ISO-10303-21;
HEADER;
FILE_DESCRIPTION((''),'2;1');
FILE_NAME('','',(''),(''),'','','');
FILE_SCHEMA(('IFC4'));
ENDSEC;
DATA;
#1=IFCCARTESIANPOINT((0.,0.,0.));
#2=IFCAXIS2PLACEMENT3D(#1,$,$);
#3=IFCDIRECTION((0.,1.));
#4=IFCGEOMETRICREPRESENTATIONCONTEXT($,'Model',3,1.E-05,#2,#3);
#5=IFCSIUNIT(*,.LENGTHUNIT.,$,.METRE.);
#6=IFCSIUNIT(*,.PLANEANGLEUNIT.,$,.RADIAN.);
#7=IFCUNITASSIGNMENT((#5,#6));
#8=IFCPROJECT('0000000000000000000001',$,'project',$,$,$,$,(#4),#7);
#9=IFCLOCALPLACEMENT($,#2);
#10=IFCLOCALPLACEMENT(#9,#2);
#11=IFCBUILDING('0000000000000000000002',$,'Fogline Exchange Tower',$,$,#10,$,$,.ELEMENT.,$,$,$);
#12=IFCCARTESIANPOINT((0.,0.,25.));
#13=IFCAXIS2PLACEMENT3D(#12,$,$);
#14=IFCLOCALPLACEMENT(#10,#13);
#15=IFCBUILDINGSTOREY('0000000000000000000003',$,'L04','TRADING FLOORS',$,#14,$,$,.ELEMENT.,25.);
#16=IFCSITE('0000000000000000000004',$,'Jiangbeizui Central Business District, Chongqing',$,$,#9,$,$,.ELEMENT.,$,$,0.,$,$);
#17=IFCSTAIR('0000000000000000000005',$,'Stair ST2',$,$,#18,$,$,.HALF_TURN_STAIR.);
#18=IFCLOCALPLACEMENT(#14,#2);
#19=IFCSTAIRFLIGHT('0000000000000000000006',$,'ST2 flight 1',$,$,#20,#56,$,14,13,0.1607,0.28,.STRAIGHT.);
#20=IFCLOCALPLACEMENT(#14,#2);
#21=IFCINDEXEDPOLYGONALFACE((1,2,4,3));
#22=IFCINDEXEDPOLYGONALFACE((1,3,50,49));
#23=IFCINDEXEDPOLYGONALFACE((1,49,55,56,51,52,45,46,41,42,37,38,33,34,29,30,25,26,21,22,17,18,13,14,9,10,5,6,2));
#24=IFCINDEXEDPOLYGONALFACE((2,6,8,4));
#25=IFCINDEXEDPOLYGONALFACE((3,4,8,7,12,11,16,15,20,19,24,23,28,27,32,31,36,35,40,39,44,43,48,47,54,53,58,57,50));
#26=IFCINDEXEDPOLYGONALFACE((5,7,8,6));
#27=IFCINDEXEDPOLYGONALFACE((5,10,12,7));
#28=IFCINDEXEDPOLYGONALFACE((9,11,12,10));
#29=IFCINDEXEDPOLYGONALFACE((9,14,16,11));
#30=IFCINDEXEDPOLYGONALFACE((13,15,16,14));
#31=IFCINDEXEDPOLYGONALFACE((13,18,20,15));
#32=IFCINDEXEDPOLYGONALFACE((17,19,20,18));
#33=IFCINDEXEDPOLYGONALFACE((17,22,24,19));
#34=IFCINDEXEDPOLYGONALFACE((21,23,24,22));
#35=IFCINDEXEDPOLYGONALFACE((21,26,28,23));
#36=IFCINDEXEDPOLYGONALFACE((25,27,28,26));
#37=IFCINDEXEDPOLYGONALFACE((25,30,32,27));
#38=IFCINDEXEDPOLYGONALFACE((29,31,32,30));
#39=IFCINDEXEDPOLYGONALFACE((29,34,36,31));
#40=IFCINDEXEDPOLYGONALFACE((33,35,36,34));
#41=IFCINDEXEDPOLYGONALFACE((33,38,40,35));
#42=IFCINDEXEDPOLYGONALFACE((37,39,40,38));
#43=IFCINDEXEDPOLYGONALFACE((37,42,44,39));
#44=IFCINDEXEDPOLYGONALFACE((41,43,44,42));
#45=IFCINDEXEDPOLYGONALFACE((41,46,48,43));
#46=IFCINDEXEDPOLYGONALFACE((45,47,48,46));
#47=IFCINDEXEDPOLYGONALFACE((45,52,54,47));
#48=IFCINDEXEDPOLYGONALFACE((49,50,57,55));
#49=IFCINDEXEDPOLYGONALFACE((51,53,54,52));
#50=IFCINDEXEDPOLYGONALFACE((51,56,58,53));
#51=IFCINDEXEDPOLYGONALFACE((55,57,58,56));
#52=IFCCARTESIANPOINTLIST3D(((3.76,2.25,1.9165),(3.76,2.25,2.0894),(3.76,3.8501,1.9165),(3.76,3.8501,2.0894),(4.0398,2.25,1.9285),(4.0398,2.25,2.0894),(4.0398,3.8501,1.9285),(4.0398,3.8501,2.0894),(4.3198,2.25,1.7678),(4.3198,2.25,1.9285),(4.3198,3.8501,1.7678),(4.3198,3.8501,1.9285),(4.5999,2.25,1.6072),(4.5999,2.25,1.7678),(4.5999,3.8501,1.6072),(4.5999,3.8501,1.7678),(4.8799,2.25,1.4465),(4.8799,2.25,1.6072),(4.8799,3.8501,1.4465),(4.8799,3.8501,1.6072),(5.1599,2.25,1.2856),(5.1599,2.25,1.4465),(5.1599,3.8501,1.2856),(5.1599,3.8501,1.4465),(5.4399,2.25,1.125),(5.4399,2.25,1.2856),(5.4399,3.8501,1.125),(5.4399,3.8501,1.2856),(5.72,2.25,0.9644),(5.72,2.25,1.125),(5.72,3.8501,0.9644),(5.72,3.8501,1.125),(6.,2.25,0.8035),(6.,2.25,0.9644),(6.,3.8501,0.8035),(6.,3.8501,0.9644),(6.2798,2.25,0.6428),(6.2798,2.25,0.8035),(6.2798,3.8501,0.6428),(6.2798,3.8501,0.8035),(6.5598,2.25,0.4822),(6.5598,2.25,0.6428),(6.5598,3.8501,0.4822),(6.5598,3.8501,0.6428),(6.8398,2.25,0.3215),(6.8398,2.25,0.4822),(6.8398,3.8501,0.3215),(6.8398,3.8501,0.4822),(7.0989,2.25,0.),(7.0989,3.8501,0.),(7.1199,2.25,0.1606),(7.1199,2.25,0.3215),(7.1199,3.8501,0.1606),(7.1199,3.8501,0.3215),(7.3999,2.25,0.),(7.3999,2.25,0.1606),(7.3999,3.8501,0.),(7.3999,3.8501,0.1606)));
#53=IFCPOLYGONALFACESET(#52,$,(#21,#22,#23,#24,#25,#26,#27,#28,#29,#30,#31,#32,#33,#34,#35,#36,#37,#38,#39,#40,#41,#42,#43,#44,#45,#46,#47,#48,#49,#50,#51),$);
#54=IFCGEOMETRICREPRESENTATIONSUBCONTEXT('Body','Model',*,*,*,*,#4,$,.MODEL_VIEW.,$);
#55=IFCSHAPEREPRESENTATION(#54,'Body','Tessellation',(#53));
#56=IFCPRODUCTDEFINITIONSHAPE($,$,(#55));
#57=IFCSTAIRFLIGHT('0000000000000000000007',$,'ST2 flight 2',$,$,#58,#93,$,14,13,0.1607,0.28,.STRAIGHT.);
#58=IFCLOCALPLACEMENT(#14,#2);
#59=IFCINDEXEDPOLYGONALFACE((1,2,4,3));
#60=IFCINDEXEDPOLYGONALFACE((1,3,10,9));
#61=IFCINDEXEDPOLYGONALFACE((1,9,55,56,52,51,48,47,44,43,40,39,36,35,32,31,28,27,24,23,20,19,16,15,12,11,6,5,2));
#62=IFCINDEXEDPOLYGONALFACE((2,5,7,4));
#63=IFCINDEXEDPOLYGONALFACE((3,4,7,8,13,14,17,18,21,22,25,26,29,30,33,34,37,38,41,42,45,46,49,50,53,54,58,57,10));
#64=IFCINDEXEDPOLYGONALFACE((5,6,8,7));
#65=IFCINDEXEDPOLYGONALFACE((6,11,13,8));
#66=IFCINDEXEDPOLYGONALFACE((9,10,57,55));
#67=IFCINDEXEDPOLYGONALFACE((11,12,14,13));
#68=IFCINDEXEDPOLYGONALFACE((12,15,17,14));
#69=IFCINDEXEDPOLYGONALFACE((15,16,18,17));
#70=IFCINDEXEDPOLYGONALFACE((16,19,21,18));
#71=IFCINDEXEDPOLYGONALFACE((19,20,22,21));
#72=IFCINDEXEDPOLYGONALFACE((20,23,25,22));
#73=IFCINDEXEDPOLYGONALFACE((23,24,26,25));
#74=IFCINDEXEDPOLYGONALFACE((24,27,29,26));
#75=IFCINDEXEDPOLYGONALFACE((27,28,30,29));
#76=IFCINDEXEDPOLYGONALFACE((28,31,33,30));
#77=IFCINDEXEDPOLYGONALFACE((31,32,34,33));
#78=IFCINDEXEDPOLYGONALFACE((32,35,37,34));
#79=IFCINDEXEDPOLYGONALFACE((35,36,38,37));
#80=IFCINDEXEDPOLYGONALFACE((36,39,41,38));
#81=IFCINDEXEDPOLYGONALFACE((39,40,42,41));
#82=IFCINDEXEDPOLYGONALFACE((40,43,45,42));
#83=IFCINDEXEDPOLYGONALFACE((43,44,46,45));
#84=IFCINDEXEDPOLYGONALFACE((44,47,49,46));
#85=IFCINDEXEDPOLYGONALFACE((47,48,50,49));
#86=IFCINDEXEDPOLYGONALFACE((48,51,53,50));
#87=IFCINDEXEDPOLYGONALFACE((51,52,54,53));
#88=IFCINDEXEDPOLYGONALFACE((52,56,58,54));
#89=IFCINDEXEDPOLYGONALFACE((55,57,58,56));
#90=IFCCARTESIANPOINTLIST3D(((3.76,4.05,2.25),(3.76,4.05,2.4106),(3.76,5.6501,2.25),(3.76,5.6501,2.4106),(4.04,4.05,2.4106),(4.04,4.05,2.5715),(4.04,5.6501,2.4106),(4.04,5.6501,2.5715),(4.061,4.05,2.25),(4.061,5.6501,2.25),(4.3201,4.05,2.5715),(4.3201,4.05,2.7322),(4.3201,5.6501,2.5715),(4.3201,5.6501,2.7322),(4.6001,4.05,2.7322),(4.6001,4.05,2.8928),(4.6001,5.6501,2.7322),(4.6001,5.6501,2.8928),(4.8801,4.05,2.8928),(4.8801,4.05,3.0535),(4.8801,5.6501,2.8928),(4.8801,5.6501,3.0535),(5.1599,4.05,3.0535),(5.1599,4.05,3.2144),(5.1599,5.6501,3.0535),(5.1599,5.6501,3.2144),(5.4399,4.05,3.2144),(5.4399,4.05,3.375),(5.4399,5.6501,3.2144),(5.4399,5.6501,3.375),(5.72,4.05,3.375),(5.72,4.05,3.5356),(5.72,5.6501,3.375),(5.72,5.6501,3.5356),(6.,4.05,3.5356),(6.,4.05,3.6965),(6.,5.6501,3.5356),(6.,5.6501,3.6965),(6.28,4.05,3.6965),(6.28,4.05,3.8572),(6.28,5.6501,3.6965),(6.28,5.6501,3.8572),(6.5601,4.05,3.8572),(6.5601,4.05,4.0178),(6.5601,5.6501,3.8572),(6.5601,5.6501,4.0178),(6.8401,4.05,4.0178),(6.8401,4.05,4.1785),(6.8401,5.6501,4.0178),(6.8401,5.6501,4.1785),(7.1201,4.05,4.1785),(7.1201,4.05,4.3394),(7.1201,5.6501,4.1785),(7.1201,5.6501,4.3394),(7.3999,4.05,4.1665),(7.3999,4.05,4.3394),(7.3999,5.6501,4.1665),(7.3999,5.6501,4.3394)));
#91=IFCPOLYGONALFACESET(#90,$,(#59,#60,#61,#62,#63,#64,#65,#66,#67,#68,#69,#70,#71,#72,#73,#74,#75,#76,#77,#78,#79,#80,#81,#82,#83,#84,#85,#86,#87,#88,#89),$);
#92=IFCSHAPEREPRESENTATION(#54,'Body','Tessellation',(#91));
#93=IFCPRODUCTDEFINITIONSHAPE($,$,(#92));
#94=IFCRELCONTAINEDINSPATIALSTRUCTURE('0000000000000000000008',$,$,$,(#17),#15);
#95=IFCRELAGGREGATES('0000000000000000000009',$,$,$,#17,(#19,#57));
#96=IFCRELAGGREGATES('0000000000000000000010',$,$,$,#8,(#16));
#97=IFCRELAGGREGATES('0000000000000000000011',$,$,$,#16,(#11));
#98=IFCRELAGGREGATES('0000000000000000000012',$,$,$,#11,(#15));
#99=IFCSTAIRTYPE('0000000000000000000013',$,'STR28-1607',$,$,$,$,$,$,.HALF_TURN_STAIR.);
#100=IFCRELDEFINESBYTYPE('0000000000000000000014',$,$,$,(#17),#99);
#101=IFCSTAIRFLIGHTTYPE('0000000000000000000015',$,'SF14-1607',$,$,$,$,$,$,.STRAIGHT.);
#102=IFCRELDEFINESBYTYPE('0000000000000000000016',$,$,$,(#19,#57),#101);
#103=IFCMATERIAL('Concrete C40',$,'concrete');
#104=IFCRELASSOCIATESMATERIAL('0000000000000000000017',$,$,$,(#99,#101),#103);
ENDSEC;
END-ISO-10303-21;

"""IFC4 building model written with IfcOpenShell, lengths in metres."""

from ifc_helpers import new_model, si_unit, direction, frame, origin, place, context, subcontext, project, spatial, polyline, outline, extrude, material, type_object, element, aggregate, save


model = new_model("IFC4")

# Units and contexts
model_context = context("Model", 3, precision=1e-05, world=origin(), true_north=direction((0.0, 1.0)))
body_context = subcontext(model_context, "Body", "Model", "MODEL_VIEW")
ifc_project = project(units=[si_unit("LENGTHUNIT", "METRE"), si_unit("PLANEANGLEUNIT", "RADIAN")], contexts=[model_context])

# Site, building, storey
site_placement = place(None, origin())
site = spatial("IfcSite", under=ifc_project, at=site_placement, Name="Jiangbeizui Central Business District, Chongqing", CompositionType="ELEMENT", RefElevation=0.0)
building_placement = place(site_placement, origin())
building = spatial("IfcBuilding", under=site, at=building_placement, Name="Fogline Exchange Tower", CompositionType="ELEMENT")
storey_placement = place(building_placement, frame((0.0, 0.0, 25.0)))
storey = spatial("IfcBuildingStorey", under=building, at=storey_placement, Name="L04", Description="TRADING FLOORS", CompositionType="ELEMENT", Elevation=25.0)

# Shared definitions
ifc_material_1 = material(Name="Concrete C40", Category="concrete")

# Stair, stair flights
stair_type = type_object("IfcStairType", Name="STR28-1607", PredefinedType="HALF_TURN_STAIR", material=ifc_material_1)
stair_placement = place(storey_placement, origin())
stair = element("IfcStair", 1, at=stair_placement, inside=storey, type_object=stair_type, Name="Stair ST2", PredefinedType="HALF_TURN_STAIR")
stair_flight_type = type_object("IfcStairFlightType", Name="SF14-1607", PredefinedType="STRAIGHT", material=ifc_material_1)
stair_flight_1_placement = place(storey_placement, frame((7.3999, 3.05, 0.0), z_axis=(0.0, 0.0, 1.0), x_axis=(-1.0, 0.0, 0.0)))
stair_flight_1 = element("IfcStairFlight", 2, at=stair_flight_1_placement, type_object=stair_flight_type, Name="ST2 flight 1", NumberOfRisers=14, NumberOfTreads=13, PredefinedType="STRAIGHT", RiserHeight=0.1607, TreadLength=0.28, context=body_context, shape_type="SweptSolid", body=[
    extrude(outline(polyline([(0.0, 0.0), (0.0, 0.1606), (0.28, 0.1606), (0.28, 0.3215), (0.5601, 0.3215), (0.5601, 0.4822), (0.8401, 0.4822), (0.8401, 0.6428), (1.1201, 0.6428), (1.1201, 0.8035), (1.3999, 0.8035), (1.3999, 0.9644), (1.6799, 0.9644), (1.6799, 1.125), (1.96, 1.125), (1.96, 1.2856), (2.24, 1.2856), (2.24, 1.4465), (2.52, 1.4465), (2.52, 1.6072), (2.8, 1.6072), (2.8, 1.7678), (3.0801, 1.7678), (3.0801, 1.9285), (3.3601, 1.9285), (3.3601, 2.0894), (3.6399, 2.0894), (3.6399, 2.25), (3.6399, 1.9165), (0.301, 0.0), (0.0, 0.0)])), frame((0.0, 0.8, 0.0), z_axis=(0.0, -1.0, 0.0), x_axis=(1.0, 0.0, 0.0)), (0.0, 0.0, 1.0), 1.6001),
])
stair_flight_2_placement = place(storey_placement, frame((3.76, 4.8501, 2.25), z_axis=(0.0, 0.0, 1.0), x_axis=(1.0, 0.0, 0.0)))
stair_flight_2 = element("IfcStairFlight", 3, at=stair_flight_2_placement, type_object=stair_flight_type, Name="ST2 flight 2", NumberOfRisers=14, NumberOfTreads=13, PredefinedType="STRAIGHT", RiserHeight=0.1607, TreadLength=0.28, context=body_context, shape_type="SweptSolid", body=[
    extrude(outline(polyline([(0.0, 0.0), (0.0, 0.1606), (0.28, 0.1606), (0.28, 0.3215), (0.5601, 0.3215), (0.5601, 0.4822), (0.8401, 0.4822), (0.8401, 0.6428), (1.1201, 0.6428), (1.1201, 0.8035), (1.3999, 0.8035), (1.3999, 0.9644), (1.6799, 0.9644), (1.6799, 1.125), (1.96, 1.125), (1.96, 1.2856), (2.24, 1.2856), (2.24, 1.4465), (2.52, 1.4465), (2.52, 1.6072), (2.8, 1.6072), (2.8, 1.7678), (3.0801, 1.7678), (3.0801, 1.9285), (3.3601, 1.9285), (3.3601, 2.0894), (3.6399, 2.0894), (3.6399, 2.25), (3.6399, 1.9165), (0.301, 0.0), (0.0, 0.0)])), frame((0.0, 0.8, 0.0), z_axis=(0.0, -1.0, 0.0), x_axis=(1.0, 0.0, 0.0)), (0.0, 0.0, 1.0), 1.6001),
])
aggregate(stair, [stair_flight_1, stair_flight_2])

save(model, "model.ifc")
